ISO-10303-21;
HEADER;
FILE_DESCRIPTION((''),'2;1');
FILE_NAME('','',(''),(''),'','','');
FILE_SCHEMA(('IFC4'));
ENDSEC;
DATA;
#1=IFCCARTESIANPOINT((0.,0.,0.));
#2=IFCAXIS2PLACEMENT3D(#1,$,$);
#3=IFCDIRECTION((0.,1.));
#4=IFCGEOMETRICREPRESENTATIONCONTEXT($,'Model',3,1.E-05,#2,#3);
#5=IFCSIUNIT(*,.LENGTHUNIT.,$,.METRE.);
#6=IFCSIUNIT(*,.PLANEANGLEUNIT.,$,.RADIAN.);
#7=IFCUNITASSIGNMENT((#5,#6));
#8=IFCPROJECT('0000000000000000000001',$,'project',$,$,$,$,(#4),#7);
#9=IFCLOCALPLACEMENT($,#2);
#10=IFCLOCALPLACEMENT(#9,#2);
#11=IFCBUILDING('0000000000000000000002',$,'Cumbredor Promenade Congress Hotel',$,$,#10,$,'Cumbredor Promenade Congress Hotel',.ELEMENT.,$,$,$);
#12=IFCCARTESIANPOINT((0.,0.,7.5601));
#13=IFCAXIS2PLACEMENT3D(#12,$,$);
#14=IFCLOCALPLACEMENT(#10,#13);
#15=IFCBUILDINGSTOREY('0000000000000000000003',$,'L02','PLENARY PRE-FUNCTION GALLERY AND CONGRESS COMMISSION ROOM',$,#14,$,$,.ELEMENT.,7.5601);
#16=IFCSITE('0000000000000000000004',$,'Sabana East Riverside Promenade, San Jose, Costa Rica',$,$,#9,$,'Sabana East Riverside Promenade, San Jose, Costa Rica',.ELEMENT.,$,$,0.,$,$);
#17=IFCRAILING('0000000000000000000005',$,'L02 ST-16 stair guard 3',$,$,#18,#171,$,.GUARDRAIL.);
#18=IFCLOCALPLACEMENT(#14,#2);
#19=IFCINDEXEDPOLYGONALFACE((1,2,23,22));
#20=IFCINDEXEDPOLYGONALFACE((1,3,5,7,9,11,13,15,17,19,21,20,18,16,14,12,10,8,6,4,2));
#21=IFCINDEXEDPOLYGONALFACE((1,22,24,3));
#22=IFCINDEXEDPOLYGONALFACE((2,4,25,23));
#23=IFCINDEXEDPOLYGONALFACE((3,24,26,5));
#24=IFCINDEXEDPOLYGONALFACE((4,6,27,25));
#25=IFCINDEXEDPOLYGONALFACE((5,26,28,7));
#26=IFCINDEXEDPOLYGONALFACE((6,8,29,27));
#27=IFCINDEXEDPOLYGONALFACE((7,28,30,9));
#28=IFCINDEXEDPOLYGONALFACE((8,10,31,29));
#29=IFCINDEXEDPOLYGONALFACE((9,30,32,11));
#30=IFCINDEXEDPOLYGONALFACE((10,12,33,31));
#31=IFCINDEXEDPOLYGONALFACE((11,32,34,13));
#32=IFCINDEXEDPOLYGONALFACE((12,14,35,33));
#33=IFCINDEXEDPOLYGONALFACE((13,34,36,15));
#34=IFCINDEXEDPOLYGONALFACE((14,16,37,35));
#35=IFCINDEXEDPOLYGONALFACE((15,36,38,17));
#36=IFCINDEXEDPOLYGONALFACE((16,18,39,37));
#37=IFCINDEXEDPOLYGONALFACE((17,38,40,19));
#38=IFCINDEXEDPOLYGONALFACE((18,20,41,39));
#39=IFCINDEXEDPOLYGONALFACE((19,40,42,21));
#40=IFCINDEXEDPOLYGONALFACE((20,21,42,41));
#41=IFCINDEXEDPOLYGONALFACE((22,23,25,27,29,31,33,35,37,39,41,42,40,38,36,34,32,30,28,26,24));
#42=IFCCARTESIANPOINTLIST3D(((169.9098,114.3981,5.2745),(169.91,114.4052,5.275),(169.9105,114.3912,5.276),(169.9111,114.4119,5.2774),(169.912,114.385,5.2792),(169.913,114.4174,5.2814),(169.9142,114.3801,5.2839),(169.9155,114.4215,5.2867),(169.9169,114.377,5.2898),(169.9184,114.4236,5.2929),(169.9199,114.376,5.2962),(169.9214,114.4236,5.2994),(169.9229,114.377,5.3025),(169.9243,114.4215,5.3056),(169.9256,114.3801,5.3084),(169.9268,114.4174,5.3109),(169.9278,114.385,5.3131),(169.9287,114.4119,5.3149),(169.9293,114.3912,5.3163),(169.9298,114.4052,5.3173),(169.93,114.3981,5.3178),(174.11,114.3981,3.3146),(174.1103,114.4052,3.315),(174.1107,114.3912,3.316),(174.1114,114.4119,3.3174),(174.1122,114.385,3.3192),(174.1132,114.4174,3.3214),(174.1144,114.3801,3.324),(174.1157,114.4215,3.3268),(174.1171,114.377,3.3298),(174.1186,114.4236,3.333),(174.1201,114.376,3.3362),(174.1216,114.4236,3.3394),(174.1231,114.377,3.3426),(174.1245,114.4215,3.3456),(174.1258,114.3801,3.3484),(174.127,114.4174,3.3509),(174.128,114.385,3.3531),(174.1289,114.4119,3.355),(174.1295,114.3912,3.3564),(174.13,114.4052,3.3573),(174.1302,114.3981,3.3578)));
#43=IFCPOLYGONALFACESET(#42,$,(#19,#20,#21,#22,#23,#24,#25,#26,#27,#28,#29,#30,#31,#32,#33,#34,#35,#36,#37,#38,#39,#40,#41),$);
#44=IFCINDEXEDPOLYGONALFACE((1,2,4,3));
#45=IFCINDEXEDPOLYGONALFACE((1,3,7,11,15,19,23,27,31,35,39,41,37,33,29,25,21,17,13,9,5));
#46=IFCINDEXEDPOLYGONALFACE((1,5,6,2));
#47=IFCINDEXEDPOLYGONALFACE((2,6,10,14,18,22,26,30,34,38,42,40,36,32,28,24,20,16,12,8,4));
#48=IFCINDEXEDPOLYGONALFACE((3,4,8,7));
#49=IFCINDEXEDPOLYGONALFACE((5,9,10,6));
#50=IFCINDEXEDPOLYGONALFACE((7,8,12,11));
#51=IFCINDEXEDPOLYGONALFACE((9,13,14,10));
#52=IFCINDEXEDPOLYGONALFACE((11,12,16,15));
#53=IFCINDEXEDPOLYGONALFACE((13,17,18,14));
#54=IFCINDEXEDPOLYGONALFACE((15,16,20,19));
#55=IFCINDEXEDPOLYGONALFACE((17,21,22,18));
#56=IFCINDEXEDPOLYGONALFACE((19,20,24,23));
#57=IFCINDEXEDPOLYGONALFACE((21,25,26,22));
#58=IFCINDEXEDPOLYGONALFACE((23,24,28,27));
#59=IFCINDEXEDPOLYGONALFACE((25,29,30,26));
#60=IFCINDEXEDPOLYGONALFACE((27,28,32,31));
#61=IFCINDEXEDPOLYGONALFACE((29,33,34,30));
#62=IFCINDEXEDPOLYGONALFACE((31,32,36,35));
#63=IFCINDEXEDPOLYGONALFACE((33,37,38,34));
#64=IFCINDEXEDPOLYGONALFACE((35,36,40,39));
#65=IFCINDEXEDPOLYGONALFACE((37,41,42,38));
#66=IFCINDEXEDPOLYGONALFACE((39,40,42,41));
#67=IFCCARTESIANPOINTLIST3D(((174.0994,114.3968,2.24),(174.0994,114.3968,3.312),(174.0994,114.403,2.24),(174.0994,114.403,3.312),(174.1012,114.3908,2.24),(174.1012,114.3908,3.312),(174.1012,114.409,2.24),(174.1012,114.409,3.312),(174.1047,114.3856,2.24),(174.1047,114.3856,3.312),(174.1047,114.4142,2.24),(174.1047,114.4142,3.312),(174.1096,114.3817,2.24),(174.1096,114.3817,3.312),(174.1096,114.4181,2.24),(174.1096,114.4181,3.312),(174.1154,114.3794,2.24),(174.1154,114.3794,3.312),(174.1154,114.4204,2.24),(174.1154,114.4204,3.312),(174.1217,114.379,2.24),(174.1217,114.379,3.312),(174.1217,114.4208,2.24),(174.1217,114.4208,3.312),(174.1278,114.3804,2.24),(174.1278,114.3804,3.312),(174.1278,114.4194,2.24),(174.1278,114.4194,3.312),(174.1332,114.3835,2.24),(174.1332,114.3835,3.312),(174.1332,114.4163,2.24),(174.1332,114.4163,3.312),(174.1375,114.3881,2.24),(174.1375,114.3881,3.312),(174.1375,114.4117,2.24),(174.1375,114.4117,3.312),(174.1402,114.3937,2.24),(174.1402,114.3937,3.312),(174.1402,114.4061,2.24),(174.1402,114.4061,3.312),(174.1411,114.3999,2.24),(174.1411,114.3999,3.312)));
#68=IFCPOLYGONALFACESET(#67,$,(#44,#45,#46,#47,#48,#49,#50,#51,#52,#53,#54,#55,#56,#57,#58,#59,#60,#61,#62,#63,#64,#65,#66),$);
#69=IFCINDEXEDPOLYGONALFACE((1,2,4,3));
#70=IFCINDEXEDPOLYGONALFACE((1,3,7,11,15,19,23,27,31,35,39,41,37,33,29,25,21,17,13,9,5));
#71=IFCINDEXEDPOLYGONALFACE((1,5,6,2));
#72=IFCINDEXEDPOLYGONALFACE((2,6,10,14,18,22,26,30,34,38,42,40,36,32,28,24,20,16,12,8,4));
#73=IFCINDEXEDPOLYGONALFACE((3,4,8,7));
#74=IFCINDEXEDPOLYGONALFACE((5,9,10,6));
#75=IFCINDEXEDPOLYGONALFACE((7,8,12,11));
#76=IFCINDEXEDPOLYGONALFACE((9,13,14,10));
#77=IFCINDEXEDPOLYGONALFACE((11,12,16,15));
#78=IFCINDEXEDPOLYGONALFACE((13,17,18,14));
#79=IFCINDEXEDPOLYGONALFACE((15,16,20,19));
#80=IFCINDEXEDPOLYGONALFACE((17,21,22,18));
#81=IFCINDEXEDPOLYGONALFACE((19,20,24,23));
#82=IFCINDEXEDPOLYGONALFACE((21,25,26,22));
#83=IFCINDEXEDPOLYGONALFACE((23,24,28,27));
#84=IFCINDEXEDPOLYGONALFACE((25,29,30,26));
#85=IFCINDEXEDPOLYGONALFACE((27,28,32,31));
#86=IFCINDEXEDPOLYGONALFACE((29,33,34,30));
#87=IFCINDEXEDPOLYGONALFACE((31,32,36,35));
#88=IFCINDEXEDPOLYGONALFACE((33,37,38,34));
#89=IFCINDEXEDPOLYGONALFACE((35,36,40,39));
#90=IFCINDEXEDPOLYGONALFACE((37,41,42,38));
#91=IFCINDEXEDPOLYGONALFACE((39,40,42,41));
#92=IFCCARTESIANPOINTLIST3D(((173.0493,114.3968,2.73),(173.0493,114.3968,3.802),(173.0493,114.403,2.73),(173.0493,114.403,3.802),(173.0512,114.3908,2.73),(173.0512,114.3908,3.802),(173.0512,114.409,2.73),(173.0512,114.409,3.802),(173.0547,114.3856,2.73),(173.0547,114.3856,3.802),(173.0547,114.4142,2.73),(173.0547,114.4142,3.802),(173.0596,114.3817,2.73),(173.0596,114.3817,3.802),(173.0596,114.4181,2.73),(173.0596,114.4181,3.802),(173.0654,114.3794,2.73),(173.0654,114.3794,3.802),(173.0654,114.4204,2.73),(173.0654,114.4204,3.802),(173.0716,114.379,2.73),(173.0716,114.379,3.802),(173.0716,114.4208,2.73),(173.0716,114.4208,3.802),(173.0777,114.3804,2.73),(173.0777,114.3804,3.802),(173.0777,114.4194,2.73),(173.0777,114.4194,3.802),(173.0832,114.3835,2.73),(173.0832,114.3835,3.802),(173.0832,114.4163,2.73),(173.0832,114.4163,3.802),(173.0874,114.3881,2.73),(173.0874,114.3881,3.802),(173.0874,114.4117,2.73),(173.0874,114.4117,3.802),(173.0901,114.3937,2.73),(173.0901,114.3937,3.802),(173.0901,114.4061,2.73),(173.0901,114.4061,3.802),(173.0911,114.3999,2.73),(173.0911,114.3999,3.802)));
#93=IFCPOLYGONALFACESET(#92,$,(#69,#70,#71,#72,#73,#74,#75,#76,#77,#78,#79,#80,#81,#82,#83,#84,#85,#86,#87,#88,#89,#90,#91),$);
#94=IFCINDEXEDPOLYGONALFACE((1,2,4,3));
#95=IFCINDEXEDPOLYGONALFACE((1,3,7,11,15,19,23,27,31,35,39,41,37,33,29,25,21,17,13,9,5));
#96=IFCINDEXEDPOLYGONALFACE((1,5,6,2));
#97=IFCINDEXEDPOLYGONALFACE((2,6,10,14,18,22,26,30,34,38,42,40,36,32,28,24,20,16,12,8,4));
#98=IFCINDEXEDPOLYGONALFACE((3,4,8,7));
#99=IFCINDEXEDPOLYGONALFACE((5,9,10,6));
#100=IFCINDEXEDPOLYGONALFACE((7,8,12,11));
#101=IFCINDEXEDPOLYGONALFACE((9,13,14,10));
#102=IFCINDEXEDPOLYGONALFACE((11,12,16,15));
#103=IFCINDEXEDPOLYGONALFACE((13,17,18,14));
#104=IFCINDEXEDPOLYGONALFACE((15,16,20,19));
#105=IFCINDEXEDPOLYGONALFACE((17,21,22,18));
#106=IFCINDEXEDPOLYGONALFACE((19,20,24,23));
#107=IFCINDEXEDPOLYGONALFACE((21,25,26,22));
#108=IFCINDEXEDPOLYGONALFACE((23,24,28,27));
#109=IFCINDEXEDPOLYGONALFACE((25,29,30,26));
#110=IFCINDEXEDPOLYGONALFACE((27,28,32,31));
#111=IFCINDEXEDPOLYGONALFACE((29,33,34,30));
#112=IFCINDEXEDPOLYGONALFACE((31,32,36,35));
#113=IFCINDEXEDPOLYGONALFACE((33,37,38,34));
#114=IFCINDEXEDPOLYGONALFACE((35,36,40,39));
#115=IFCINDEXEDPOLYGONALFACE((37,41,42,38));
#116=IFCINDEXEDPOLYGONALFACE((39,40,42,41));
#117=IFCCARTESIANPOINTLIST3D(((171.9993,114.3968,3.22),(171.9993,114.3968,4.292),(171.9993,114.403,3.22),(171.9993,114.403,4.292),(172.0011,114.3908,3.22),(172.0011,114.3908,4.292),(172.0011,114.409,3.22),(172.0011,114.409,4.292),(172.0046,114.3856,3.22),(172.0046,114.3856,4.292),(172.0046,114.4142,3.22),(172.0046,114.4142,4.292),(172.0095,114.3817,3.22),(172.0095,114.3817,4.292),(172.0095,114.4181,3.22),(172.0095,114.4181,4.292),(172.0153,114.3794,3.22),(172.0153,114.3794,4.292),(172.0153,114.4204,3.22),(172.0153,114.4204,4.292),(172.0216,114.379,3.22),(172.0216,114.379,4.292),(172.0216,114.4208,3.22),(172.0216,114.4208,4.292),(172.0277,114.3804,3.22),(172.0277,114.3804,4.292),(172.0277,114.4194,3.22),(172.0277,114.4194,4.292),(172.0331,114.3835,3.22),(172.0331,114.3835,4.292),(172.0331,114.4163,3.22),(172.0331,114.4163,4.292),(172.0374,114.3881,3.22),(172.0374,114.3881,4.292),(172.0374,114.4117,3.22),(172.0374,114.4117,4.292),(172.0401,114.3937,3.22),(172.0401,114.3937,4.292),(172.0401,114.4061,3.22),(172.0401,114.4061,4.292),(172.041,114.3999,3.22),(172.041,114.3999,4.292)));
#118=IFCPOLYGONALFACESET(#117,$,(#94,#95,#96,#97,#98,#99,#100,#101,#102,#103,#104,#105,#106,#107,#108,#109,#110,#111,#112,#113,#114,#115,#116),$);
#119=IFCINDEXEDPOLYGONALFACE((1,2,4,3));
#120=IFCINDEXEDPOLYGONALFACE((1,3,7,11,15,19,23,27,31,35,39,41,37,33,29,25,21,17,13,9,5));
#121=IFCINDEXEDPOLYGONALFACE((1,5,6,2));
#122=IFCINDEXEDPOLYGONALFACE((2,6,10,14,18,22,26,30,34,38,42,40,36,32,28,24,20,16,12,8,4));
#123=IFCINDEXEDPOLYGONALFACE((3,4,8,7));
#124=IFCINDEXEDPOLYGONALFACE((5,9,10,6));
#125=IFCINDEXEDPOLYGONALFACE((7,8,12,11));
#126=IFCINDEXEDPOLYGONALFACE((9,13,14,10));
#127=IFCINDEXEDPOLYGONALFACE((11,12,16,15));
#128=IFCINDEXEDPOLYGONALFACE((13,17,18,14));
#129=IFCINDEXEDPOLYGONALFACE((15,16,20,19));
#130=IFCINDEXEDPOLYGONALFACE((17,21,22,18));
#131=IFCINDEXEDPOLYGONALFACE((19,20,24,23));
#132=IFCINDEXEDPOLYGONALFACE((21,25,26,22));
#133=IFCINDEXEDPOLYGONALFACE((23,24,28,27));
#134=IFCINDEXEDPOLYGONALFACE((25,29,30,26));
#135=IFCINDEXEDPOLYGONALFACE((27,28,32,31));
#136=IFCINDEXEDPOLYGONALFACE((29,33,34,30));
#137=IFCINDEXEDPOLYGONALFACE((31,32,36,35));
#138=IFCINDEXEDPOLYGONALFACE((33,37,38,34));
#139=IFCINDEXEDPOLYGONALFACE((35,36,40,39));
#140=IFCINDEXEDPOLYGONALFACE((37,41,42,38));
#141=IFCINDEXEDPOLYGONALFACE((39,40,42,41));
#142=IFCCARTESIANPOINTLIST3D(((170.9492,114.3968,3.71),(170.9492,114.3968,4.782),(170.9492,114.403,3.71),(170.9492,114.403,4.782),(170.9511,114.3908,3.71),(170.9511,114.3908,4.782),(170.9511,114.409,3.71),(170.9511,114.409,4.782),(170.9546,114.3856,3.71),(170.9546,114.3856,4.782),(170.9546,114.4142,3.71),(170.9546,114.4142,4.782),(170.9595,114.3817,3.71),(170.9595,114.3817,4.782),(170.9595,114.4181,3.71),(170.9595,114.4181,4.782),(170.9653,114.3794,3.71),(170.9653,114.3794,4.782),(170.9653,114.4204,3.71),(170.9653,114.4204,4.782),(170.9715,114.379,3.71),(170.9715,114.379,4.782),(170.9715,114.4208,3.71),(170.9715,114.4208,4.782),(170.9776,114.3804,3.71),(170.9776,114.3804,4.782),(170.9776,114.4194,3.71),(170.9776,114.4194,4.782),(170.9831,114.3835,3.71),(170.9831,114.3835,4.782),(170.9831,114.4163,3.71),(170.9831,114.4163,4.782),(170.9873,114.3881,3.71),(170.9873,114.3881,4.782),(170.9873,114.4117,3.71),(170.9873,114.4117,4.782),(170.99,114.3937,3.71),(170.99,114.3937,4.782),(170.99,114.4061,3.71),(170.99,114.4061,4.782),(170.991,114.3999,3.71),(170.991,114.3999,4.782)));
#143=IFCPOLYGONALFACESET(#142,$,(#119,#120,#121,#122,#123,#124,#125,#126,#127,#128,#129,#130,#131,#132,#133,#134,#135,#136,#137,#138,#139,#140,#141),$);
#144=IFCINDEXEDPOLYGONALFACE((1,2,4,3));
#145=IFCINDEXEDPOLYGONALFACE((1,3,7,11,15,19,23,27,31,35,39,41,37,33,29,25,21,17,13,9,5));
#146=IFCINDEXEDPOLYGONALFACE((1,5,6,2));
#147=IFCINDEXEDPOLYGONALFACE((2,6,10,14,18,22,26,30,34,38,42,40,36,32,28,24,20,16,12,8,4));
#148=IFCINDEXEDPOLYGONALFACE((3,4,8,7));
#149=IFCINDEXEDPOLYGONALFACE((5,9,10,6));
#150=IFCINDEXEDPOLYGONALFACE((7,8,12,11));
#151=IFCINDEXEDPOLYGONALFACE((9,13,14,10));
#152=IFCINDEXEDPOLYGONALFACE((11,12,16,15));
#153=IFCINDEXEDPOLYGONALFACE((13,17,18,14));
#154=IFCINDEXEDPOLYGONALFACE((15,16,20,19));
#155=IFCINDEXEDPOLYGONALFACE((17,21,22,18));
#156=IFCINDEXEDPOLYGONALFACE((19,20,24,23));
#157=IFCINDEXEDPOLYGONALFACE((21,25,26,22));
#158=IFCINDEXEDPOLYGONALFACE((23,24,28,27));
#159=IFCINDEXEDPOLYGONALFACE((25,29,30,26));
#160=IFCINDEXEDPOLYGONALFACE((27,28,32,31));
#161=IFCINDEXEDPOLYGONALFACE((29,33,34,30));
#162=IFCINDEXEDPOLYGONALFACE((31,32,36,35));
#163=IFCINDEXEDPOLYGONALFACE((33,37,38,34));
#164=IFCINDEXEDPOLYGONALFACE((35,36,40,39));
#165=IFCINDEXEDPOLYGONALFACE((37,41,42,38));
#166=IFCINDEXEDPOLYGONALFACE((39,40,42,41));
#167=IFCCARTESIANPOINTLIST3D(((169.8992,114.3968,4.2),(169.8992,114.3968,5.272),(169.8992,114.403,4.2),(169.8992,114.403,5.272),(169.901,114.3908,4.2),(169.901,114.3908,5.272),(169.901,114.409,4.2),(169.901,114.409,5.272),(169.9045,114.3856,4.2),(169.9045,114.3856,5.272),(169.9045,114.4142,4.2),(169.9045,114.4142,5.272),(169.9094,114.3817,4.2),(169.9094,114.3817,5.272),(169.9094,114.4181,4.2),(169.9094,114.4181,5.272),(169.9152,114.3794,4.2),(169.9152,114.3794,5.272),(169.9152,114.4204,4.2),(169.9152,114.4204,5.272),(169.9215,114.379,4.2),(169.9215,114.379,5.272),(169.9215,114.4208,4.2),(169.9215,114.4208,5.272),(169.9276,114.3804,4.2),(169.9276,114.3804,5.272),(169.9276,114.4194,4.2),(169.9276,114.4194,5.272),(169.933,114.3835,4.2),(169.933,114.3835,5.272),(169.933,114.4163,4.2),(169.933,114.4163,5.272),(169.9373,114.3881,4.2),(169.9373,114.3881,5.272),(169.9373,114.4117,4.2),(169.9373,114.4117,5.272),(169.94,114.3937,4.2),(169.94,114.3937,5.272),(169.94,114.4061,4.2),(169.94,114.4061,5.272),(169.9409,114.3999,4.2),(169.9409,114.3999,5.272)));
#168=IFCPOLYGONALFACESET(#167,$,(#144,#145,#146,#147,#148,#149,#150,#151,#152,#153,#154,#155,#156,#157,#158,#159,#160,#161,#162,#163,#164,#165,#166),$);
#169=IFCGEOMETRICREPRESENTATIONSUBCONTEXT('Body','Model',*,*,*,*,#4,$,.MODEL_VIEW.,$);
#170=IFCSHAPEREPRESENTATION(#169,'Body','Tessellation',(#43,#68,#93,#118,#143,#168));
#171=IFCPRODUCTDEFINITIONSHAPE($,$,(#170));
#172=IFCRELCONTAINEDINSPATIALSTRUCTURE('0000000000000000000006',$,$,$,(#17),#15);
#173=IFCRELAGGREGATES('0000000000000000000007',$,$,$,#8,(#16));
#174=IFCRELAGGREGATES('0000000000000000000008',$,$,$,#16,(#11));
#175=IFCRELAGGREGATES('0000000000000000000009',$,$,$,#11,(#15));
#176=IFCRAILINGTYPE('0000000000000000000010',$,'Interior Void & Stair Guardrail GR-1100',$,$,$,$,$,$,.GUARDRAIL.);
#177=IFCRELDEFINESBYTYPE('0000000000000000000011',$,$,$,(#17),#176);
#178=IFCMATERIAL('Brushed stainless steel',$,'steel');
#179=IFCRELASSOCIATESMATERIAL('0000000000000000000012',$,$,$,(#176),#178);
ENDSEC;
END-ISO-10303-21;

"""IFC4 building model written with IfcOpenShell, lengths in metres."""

from ifc_helpers import new_model, si_unit, direction, frame, origin, origin_2d, place, context, subcontext, project, spatial, circle, extrude, material, type_object, element, save


model = new_model("IFC4")

# Units and contexts
model_context = context("Model", 3, precision=1e-05, world=origin(), true_north=direction((0.0, 1.0)))
body_context = subcontext(model_context, "Body", "Model", "MODEL_VIEW")
ifc_project = project(units=[si_unit("LENGTHUNIT", "METRE"), si_unit("PLANEANGLEUNIT", "RADIAN")], contexts=[model_context])

# Site, building, storey
site_placement = place(None, origin())
site = spatial("IfcSite", under=ifc_project, at=site_placement, Name="Sabana East Riverside Promenade, San Jose, Costa Rica", LongName="Sabana East Riverside Promenade, San Jose, Costa Rica", CompositionType="ELEMENT", RefElevation=0.0)
building_placement = place(site_placement, origin())
building = spatial("IfcBuilding", under=site, at=building_placement, Name="Cumbredor Promenade Congress Hotel", LongName="Cumbredor Promenade Congress Hotel", CompositionType="ELEMENT")
storey_placement = place(building_placement, frame((0.0, 0.0, 7.5601)))
storey = spatial("IfcBuildingStorey", under=building, at=storey_placement, Name="L02", Description="PLENARY PRE-FUNCTION GALLERY AND CONGRESS COMMISSION ROOM", CompositionType="ELEMENT", Elevation=7.5601)

# Railing
ifc_material_1 = material(Name="Brushed stainless steel", Category="steel")
railing_type_1 = type_object("IfcRailingType", Name="Interior Void & Stair Guardrail GR-1100", PredefinedType="GUARDRAIL", material=ifc_material_1)
railing_1_placement = place(storey_placement, frame((174.1201, 114.3999, 2.24)))
element("IfcRailing", 1, at=railing_1_placement, inside=storey, type_object=railing_type_1, Name="L02 ST-16 stair guard 3", PredefinedType="GUARDRAIL", context=body_context, shape_type="SweptSolid", body=[
    extrude(circle(Radius=0.0239, at=origin_2d()), frame((0.0, 0.0, 1.0962), z_axis=(-0.906194, 0.0, 0.422862), x_axis=(0.0, -1.0, 0.0)), (0.0, 0.0, 1.0), 4.635),
    extrude(circle(Radius=0.021, at=origin_2d()), origin(), (0.0, 0.0, 1.0), 1.072),
    extrude(circle(Radius=0.021, at=origin_2d()), frame((-1.05, 0.0, 0.49)), (0.0, 0.0, 1.0), 1.072),
    extrude(circle(Radius=0.021, at=origin_2d()), frame((-2.1001, 0.0, 0.98)), (0.0, 0.0, 1.0), 1.072),
    extrude(circle(Radius=0.021, at=origin_2d()), frame((-3.1501, 0.0, 1.47)), (0.0, 0.0, 1.0), 1.072),
    extrude(circle(Radius=0.021, at=origin_2d()), frame((-4.2002, 0.0, 1.96)), (0.0, 0.0, 1.0), 1.072),
])

save(model, "model.ifc")
